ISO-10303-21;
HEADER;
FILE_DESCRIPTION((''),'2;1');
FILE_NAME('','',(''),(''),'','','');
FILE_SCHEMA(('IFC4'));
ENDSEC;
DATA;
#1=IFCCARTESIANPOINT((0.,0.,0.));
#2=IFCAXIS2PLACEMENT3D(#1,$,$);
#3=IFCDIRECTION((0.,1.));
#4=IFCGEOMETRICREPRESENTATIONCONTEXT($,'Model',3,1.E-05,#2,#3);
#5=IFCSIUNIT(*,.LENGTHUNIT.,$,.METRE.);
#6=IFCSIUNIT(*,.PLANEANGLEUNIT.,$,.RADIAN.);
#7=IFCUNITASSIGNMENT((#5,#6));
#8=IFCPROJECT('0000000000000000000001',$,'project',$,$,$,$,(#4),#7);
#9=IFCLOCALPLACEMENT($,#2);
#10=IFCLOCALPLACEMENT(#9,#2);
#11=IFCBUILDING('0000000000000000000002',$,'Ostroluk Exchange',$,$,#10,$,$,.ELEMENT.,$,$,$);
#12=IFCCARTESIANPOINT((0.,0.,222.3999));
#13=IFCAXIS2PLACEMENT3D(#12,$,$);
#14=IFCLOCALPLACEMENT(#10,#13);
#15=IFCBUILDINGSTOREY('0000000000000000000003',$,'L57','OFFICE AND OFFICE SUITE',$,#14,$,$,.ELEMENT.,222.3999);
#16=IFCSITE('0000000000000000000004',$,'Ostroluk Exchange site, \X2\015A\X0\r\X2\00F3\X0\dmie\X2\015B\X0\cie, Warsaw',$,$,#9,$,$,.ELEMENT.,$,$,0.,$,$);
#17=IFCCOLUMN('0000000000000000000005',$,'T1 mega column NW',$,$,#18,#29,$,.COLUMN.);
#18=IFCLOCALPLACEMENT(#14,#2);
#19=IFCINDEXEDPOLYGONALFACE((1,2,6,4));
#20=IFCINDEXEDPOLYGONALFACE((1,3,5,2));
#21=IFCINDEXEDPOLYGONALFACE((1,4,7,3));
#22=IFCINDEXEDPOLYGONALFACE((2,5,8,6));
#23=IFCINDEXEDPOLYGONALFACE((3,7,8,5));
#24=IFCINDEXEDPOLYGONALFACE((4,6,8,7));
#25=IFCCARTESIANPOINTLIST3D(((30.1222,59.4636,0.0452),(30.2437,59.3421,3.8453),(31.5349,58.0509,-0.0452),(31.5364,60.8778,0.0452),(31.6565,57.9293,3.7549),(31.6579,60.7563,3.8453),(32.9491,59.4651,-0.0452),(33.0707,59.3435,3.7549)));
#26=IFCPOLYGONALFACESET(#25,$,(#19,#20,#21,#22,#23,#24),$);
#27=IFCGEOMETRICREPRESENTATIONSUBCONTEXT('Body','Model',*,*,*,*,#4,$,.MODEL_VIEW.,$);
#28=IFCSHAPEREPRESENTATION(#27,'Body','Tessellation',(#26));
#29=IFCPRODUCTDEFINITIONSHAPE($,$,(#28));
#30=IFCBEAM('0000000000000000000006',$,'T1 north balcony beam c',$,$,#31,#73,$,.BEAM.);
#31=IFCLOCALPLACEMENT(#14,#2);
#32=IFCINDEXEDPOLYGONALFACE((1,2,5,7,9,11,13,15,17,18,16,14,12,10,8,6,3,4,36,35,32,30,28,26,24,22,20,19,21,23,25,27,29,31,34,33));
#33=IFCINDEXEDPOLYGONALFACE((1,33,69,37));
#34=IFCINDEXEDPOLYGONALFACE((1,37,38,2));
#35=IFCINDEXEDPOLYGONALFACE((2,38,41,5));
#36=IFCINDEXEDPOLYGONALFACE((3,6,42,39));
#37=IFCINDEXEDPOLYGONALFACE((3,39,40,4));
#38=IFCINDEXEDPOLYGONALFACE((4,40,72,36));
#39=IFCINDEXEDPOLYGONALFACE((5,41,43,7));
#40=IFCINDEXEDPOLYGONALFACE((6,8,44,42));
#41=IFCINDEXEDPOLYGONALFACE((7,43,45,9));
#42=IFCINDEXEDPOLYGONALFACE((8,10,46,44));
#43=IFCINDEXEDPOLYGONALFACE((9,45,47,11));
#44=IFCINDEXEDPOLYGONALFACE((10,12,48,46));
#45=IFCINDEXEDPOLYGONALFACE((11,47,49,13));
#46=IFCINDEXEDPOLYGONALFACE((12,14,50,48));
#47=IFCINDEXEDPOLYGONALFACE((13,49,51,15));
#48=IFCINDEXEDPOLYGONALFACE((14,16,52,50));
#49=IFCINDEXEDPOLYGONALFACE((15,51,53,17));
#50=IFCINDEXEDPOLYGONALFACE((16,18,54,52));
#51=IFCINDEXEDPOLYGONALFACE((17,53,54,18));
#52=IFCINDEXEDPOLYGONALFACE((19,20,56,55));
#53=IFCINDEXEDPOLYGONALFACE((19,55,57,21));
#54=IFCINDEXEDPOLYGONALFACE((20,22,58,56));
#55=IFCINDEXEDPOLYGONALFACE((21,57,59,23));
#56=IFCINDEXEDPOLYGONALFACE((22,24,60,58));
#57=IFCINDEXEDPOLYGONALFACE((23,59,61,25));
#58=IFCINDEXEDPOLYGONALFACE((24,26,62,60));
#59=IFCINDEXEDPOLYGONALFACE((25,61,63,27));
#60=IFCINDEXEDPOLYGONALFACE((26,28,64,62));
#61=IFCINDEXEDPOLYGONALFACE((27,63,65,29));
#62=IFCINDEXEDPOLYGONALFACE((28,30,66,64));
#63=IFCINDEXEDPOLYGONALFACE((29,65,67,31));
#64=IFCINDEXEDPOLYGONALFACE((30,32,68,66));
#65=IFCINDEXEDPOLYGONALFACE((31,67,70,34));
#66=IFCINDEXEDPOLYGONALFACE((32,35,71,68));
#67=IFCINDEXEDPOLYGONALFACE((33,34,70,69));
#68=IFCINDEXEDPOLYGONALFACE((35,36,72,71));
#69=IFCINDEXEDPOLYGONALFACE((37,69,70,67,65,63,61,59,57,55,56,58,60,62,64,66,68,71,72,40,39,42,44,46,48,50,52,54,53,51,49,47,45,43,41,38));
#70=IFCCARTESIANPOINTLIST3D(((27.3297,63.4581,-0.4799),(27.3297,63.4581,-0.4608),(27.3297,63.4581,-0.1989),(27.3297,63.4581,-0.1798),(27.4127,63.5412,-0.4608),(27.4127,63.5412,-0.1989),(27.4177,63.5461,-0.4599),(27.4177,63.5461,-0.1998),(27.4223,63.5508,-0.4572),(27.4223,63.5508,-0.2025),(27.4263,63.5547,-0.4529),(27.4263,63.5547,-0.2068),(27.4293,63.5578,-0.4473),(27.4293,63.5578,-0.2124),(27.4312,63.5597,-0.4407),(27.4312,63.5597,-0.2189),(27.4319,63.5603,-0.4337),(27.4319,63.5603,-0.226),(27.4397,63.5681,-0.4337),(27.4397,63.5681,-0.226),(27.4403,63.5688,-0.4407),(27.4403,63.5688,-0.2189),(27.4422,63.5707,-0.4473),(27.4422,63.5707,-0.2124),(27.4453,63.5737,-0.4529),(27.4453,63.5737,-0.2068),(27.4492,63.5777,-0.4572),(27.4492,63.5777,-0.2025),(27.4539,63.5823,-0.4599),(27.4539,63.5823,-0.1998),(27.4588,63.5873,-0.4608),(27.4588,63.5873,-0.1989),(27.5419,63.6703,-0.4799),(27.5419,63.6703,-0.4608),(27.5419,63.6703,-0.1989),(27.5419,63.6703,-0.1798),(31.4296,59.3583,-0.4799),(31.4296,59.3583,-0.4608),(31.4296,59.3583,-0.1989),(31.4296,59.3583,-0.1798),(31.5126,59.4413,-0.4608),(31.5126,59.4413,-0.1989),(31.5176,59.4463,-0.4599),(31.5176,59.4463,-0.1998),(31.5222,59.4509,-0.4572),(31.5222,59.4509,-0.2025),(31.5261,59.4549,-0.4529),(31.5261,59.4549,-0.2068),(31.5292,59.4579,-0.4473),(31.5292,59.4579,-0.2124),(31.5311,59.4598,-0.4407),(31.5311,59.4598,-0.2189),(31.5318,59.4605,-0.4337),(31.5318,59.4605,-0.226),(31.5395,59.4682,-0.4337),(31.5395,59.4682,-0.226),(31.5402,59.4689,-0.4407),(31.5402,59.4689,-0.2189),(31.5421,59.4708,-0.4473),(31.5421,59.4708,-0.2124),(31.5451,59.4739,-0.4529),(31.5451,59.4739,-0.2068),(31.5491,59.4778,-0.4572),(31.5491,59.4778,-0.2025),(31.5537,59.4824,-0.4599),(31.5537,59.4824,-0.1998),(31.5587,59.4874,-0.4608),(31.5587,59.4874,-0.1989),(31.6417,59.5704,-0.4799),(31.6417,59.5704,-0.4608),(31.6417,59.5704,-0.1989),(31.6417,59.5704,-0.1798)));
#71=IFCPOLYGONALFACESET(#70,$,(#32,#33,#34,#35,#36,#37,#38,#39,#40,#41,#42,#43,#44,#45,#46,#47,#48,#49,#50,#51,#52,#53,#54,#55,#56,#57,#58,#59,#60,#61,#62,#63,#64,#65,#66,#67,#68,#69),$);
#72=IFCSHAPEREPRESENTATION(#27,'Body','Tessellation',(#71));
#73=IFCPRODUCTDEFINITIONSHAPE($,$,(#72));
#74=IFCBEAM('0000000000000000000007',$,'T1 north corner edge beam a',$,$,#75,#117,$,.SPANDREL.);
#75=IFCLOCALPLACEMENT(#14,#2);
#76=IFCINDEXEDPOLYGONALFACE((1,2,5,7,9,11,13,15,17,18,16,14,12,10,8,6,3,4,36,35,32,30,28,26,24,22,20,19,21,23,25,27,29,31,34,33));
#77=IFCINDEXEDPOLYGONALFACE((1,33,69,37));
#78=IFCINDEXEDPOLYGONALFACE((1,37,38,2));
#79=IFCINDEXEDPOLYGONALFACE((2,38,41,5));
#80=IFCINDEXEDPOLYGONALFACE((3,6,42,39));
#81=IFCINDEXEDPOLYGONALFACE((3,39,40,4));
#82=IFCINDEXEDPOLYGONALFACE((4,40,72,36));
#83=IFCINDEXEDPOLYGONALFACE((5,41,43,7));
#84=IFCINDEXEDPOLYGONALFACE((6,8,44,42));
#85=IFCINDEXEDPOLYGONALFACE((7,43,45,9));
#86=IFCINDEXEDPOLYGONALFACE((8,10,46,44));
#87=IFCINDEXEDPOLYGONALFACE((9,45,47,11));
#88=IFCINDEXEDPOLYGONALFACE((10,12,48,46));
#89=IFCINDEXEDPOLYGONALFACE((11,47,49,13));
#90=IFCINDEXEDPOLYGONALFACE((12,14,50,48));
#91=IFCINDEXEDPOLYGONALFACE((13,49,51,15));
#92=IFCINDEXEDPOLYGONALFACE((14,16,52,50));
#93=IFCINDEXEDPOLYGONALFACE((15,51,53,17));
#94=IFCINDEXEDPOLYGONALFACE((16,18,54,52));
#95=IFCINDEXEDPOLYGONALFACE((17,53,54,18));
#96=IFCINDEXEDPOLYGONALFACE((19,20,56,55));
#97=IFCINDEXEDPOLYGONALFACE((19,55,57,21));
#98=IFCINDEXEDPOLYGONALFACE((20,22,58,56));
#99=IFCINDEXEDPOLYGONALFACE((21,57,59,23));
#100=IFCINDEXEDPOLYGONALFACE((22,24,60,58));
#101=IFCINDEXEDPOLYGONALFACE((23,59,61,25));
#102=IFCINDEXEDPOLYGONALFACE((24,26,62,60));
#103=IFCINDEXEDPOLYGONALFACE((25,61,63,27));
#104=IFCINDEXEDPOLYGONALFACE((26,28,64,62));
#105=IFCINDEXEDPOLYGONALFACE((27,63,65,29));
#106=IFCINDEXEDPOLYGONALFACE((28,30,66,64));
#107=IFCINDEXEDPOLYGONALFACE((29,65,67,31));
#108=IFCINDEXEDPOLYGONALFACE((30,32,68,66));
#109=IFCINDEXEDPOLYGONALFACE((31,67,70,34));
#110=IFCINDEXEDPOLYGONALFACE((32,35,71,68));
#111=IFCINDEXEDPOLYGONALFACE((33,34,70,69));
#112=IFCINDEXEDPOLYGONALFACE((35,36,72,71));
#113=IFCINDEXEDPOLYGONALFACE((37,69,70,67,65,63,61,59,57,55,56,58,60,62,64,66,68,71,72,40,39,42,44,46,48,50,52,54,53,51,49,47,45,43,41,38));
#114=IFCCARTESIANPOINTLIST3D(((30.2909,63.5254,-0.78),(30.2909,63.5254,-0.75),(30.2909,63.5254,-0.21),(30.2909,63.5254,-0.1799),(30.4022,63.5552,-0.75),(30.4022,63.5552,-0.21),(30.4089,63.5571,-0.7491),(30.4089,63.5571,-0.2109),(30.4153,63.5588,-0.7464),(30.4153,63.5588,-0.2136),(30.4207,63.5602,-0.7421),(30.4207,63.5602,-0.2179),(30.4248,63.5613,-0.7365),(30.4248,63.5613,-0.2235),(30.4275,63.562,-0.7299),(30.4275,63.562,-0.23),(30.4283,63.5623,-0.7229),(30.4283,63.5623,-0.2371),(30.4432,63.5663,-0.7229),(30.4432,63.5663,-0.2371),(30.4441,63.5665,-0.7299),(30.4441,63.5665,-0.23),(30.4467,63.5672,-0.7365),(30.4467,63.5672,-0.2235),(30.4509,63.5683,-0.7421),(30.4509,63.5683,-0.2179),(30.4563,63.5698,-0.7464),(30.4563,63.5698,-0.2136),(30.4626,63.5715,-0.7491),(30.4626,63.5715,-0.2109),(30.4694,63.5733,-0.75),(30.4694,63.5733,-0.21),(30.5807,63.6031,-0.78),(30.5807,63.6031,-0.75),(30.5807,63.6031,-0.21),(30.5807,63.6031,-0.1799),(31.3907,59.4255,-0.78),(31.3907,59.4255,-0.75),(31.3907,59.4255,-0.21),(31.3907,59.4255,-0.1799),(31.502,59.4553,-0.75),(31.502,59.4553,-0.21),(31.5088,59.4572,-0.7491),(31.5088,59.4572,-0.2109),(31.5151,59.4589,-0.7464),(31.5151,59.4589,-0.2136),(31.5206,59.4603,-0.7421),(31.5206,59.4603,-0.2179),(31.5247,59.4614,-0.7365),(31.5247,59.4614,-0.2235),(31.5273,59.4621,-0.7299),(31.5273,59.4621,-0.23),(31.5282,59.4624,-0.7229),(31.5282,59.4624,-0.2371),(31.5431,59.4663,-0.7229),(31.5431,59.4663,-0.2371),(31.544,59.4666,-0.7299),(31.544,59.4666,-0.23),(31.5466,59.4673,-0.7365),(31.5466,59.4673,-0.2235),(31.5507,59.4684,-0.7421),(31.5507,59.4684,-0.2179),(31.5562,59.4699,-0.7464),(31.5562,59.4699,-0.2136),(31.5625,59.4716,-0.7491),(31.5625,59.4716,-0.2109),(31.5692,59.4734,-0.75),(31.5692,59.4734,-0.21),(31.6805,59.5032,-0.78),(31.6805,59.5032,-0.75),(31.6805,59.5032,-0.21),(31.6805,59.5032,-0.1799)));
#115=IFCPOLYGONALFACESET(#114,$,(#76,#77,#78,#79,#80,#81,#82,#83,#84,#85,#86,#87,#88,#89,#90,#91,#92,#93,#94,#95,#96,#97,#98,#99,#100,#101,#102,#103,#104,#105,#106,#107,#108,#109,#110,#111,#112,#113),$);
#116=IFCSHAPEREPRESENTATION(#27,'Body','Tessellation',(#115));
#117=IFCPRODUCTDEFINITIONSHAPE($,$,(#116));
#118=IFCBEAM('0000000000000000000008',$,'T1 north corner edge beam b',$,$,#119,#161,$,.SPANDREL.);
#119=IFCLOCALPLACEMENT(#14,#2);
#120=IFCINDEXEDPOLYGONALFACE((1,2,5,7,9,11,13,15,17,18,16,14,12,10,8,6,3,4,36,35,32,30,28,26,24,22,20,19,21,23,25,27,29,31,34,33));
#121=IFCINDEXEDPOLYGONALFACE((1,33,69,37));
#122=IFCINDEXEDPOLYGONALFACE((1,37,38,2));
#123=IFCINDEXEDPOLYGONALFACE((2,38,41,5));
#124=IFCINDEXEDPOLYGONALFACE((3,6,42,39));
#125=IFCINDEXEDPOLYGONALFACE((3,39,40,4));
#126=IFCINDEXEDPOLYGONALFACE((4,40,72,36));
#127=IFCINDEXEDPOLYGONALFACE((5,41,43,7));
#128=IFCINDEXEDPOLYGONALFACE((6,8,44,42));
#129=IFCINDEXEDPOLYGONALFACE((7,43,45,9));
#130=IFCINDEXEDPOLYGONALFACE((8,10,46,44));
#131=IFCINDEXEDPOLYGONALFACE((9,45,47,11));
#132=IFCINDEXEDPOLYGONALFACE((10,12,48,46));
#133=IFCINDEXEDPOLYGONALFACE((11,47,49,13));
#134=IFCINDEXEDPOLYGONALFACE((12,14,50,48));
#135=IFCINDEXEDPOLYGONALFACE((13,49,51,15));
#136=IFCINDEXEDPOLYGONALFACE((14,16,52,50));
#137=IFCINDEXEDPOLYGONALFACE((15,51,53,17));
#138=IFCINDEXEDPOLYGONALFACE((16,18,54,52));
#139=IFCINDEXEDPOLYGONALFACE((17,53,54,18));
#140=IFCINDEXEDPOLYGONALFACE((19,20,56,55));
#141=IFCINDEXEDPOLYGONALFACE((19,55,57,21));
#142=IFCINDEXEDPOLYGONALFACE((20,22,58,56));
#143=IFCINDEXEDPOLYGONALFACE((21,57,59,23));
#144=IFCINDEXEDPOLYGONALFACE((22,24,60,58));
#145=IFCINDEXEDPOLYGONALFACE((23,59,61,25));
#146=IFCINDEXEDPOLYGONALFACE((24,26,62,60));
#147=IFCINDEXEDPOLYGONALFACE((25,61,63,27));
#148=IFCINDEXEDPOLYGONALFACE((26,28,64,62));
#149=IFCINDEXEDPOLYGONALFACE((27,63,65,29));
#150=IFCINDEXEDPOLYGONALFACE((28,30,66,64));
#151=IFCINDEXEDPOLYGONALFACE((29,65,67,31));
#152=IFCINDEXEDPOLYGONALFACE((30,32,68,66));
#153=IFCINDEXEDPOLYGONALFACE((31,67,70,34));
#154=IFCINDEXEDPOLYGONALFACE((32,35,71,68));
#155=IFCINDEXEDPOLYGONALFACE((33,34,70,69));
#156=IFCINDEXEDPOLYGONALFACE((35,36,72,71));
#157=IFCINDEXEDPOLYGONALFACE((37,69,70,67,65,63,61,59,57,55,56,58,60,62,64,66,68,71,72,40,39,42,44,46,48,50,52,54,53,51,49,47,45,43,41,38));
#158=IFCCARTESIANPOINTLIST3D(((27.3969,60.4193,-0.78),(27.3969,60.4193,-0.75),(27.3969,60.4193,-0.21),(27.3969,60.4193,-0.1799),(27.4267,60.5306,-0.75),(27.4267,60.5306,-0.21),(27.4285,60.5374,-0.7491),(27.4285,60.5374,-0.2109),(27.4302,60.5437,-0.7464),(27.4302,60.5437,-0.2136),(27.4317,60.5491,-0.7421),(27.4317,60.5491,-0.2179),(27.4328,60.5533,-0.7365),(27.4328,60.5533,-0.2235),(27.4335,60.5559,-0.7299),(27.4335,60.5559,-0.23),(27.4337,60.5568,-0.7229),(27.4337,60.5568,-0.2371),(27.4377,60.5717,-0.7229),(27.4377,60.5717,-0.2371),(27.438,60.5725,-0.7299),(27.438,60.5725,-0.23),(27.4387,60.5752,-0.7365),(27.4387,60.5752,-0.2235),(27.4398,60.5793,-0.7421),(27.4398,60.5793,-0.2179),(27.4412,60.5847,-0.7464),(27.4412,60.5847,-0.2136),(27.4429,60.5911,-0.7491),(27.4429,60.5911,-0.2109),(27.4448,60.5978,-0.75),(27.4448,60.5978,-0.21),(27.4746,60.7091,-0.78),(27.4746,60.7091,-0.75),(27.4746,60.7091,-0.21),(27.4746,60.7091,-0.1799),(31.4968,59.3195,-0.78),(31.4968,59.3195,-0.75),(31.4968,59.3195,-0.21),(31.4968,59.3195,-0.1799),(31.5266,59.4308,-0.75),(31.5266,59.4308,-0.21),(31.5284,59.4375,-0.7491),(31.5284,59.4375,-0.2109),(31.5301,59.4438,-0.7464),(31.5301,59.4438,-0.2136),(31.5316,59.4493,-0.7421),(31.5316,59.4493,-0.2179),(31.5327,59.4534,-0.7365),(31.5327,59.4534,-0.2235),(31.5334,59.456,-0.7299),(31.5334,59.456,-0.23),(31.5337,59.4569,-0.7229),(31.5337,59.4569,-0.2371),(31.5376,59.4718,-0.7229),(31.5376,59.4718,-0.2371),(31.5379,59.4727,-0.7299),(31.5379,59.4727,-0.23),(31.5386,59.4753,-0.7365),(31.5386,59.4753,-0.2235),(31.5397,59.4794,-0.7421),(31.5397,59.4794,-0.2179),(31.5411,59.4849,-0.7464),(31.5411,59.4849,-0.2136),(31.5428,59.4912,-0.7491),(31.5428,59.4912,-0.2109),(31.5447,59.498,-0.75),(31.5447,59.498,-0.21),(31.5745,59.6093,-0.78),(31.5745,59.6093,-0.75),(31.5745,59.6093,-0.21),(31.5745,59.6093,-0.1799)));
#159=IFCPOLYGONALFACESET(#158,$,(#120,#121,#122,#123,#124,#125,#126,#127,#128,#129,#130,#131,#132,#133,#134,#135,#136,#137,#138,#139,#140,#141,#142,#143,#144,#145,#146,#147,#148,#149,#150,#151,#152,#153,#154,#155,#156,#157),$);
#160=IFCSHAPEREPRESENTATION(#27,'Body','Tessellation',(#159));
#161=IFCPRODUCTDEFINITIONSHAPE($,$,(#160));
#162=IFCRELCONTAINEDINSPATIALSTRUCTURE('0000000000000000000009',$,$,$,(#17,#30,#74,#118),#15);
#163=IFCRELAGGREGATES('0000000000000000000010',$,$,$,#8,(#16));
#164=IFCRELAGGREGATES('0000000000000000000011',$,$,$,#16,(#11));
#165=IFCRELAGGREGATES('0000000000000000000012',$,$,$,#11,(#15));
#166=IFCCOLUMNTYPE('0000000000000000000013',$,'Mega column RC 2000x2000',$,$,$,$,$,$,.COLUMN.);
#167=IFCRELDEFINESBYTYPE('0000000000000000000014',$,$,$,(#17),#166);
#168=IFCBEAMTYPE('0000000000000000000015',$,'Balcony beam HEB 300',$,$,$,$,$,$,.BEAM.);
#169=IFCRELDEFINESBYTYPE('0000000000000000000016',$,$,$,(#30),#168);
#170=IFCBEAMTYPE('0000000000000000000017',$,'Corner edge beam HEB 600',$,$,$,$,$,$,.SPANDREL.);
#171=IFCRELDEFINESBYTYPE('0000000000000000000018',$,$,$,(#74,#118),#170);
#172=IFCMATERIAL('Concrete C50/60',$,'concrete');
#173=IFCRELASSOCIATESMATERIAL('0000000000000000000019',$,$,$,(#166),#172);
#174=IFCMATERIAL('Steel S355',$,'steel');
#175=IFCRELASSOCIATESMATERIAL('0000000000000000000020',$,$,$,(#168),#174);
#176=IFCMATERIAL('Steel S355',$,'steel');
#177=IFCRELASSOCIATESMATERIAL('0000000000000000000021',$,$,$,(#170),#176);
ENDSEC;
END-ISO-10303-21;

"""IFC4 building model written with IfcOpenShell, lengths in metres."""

from ifc_helpers import new_model, si_unit, direction, frame, origin, origin_2d, place, context, subcontext, project, spatial, rectangle, i_section, extrude, material, material_profile, profile_set, type_object, element, save


model = new_model("IFC4")

# Units and contexts
model_context = context("Model", 3, precision=1e-05, world=origin(), true_north=direction((0.0, 1.0)))
body_context = subcontext(model_context, "Body", "Model", "MODEL_VIEW")
ifc_project = project(units=[si_unit("LENGTHUNIT", "METRE"), si_unit("PLANEANGLEUNIT", "RADIAN")], contexts=[model_context])

# Site, building, storey
site_placement = place(None, origin())
site = spatial("IfcSite", under=ifc_project, at=site_placement, Name="Ostroluk Exchange site, Śródmieście, Warsaw", CompositionType="ELEMENT", RefElevation=0.0)
building_placement = place(site_placement, origin())
building = spatial("IfcBuilding", under=site, at=building_placement, Name="Ostroluk Exchange", CompositionType="ELEMENT")
storey_placement = place(building_placement, frame((0.0, 0.0, 222.3999)))
storey = spatial("IfcBuildingStorey", under=building, at=storey_placement, Name="L57", Description="OFFICE AND OFFICE SUITE", CompositionType="ELEMENT", Elevation=222.3999)

# Column
ifc_material_1 = material(Name="Concrete C50/60", Category="concrete")
ifc_material_profile_1 = material_profile(ifc_material_1, rectangle(XDim=2.0, YDim=2.0, at=origin_2d()), Name="RC 2000x2000")
ifc_profile_set_1 = profile_set([ifc_material_profile_1], Name="Concrete C50/60")
column_type = type_object("IfcColumnType", Name="Mega column RC 2000x2000", PredefinedType="COLUMN", material=ifc_profile_set_1)
column_placement = place(storey_placement, frame((31.5356, 59.4644, 0.0), z_axis=(0.031962, -0.031962, 0.998978), x_axis=(0.707107, 0.707107, 0.0)))
element("IfcColumn", 1, at=column_placement, inside=storey, type_object=column_type, Name="T1 mega column NW", PredefinedType="COLUMN", context=body_context, shape_type="SweptSolid", body=[
    extrude(rectangle(XDim=2.0, YDim=2.0, at=origin_2d()), origin(), (0.0, 0.0, 1.0), 3.804),
])

# Beams
ifc_material_2 = material(Name="Steel S355", Category="steel")
ifc_material_profile_2 = material_profile(ifc_material_2, i_section(OverallWidth=0.3, OverallDepth=0.3, WebThickness=0.011, FlangeThickness=0.019, FilletRadius=0.0271, at=origin_2d()), Name="HEB 300")
ifc_profile_set_2 = profile_set([ifc_material_profile_2], Name="Steel S355")
beam_type_1 = type_object("IfcBeamType", Name="Balcony beam HEB 300", PredefinedType="BEAM", material=ifc_profile_set_2)
beam_1_placement = place(storey_placement, frame((31.5356, 59.4644, -0.3298), z_axis=(-0.707107, 0.707107, 0.0), x_axis=(-0.707107, -0.707107, 0.0)))
element("IfcBeam", 2, at=beam_1_placement, inside=storey, type_object=beam_type_1, Name="T1 north balcony beam c", PredefinedType="BEAM", context=body_context, shape_type="SweptSolid", body=[
    extrude(i_section(OverallWidth=0.3, OverallDepth=0.3, WebThickness=0.011, FlangeThickness=0.019, FilletRadius=0.0271, at=origin_2d()), origin(), (0.0, 0.0, 1.0), 5.7981),
])
ifc_material_3 = material(Name="Steel S355", Category="steel")
ifc_material_profile_3 = material_profile(ifc_material_3, i_section(OverallWidth=0.3, OverallDepth=0.6001, WebThickness=0.0154, FlangeThickness=0.03, FilletRadius=0.0271, at=origin_2d()), Name="HEB 600")
ifc_profile_set_3 = profile_set([ifc_material_profile_3], Name="Steel S355")
beam_type_2 = type_object("IfcBeamType", Name="Corner edge beam HEB 600", PredefinedType="SPANDREL", material=ifc_profile_set_3)
for number, where, z_axis, x_axis, name in (
    (3, (31.5356, 59.4644, -0.48), (-0.259105, 0.965849, 0.0), (-0.965849, -0.259105, 0.0), "T1 north corner edge beam a"),
    (4, (31.5356, 59.4644, -0.48), (-0.965849, 0.259105, 0.0), (-0.259105, -0.965849, 0.0), "T1 north corner edge beam b"),
):
    element("IfcBeam", number, at=place(storey_placement, frame(where, z_axis=z_axis, x_axis=x_axis)), inside=storey, type_object=beam_type_2, Name=name, PredefinedType="SPANDREL", context=body_context, shape_type="SweptSolid", body=[
        extrude(i_section(OverallWidth=0.3, OverallDepth=0.6001, WebThickness=0.0154, FlangeThickness=0.03, FilletRadius=0.0271, at=origin_2d()), origin(), (0.0, 0.0, 1.0), 4.2449),
    ])

save(model, "model.ifc")
